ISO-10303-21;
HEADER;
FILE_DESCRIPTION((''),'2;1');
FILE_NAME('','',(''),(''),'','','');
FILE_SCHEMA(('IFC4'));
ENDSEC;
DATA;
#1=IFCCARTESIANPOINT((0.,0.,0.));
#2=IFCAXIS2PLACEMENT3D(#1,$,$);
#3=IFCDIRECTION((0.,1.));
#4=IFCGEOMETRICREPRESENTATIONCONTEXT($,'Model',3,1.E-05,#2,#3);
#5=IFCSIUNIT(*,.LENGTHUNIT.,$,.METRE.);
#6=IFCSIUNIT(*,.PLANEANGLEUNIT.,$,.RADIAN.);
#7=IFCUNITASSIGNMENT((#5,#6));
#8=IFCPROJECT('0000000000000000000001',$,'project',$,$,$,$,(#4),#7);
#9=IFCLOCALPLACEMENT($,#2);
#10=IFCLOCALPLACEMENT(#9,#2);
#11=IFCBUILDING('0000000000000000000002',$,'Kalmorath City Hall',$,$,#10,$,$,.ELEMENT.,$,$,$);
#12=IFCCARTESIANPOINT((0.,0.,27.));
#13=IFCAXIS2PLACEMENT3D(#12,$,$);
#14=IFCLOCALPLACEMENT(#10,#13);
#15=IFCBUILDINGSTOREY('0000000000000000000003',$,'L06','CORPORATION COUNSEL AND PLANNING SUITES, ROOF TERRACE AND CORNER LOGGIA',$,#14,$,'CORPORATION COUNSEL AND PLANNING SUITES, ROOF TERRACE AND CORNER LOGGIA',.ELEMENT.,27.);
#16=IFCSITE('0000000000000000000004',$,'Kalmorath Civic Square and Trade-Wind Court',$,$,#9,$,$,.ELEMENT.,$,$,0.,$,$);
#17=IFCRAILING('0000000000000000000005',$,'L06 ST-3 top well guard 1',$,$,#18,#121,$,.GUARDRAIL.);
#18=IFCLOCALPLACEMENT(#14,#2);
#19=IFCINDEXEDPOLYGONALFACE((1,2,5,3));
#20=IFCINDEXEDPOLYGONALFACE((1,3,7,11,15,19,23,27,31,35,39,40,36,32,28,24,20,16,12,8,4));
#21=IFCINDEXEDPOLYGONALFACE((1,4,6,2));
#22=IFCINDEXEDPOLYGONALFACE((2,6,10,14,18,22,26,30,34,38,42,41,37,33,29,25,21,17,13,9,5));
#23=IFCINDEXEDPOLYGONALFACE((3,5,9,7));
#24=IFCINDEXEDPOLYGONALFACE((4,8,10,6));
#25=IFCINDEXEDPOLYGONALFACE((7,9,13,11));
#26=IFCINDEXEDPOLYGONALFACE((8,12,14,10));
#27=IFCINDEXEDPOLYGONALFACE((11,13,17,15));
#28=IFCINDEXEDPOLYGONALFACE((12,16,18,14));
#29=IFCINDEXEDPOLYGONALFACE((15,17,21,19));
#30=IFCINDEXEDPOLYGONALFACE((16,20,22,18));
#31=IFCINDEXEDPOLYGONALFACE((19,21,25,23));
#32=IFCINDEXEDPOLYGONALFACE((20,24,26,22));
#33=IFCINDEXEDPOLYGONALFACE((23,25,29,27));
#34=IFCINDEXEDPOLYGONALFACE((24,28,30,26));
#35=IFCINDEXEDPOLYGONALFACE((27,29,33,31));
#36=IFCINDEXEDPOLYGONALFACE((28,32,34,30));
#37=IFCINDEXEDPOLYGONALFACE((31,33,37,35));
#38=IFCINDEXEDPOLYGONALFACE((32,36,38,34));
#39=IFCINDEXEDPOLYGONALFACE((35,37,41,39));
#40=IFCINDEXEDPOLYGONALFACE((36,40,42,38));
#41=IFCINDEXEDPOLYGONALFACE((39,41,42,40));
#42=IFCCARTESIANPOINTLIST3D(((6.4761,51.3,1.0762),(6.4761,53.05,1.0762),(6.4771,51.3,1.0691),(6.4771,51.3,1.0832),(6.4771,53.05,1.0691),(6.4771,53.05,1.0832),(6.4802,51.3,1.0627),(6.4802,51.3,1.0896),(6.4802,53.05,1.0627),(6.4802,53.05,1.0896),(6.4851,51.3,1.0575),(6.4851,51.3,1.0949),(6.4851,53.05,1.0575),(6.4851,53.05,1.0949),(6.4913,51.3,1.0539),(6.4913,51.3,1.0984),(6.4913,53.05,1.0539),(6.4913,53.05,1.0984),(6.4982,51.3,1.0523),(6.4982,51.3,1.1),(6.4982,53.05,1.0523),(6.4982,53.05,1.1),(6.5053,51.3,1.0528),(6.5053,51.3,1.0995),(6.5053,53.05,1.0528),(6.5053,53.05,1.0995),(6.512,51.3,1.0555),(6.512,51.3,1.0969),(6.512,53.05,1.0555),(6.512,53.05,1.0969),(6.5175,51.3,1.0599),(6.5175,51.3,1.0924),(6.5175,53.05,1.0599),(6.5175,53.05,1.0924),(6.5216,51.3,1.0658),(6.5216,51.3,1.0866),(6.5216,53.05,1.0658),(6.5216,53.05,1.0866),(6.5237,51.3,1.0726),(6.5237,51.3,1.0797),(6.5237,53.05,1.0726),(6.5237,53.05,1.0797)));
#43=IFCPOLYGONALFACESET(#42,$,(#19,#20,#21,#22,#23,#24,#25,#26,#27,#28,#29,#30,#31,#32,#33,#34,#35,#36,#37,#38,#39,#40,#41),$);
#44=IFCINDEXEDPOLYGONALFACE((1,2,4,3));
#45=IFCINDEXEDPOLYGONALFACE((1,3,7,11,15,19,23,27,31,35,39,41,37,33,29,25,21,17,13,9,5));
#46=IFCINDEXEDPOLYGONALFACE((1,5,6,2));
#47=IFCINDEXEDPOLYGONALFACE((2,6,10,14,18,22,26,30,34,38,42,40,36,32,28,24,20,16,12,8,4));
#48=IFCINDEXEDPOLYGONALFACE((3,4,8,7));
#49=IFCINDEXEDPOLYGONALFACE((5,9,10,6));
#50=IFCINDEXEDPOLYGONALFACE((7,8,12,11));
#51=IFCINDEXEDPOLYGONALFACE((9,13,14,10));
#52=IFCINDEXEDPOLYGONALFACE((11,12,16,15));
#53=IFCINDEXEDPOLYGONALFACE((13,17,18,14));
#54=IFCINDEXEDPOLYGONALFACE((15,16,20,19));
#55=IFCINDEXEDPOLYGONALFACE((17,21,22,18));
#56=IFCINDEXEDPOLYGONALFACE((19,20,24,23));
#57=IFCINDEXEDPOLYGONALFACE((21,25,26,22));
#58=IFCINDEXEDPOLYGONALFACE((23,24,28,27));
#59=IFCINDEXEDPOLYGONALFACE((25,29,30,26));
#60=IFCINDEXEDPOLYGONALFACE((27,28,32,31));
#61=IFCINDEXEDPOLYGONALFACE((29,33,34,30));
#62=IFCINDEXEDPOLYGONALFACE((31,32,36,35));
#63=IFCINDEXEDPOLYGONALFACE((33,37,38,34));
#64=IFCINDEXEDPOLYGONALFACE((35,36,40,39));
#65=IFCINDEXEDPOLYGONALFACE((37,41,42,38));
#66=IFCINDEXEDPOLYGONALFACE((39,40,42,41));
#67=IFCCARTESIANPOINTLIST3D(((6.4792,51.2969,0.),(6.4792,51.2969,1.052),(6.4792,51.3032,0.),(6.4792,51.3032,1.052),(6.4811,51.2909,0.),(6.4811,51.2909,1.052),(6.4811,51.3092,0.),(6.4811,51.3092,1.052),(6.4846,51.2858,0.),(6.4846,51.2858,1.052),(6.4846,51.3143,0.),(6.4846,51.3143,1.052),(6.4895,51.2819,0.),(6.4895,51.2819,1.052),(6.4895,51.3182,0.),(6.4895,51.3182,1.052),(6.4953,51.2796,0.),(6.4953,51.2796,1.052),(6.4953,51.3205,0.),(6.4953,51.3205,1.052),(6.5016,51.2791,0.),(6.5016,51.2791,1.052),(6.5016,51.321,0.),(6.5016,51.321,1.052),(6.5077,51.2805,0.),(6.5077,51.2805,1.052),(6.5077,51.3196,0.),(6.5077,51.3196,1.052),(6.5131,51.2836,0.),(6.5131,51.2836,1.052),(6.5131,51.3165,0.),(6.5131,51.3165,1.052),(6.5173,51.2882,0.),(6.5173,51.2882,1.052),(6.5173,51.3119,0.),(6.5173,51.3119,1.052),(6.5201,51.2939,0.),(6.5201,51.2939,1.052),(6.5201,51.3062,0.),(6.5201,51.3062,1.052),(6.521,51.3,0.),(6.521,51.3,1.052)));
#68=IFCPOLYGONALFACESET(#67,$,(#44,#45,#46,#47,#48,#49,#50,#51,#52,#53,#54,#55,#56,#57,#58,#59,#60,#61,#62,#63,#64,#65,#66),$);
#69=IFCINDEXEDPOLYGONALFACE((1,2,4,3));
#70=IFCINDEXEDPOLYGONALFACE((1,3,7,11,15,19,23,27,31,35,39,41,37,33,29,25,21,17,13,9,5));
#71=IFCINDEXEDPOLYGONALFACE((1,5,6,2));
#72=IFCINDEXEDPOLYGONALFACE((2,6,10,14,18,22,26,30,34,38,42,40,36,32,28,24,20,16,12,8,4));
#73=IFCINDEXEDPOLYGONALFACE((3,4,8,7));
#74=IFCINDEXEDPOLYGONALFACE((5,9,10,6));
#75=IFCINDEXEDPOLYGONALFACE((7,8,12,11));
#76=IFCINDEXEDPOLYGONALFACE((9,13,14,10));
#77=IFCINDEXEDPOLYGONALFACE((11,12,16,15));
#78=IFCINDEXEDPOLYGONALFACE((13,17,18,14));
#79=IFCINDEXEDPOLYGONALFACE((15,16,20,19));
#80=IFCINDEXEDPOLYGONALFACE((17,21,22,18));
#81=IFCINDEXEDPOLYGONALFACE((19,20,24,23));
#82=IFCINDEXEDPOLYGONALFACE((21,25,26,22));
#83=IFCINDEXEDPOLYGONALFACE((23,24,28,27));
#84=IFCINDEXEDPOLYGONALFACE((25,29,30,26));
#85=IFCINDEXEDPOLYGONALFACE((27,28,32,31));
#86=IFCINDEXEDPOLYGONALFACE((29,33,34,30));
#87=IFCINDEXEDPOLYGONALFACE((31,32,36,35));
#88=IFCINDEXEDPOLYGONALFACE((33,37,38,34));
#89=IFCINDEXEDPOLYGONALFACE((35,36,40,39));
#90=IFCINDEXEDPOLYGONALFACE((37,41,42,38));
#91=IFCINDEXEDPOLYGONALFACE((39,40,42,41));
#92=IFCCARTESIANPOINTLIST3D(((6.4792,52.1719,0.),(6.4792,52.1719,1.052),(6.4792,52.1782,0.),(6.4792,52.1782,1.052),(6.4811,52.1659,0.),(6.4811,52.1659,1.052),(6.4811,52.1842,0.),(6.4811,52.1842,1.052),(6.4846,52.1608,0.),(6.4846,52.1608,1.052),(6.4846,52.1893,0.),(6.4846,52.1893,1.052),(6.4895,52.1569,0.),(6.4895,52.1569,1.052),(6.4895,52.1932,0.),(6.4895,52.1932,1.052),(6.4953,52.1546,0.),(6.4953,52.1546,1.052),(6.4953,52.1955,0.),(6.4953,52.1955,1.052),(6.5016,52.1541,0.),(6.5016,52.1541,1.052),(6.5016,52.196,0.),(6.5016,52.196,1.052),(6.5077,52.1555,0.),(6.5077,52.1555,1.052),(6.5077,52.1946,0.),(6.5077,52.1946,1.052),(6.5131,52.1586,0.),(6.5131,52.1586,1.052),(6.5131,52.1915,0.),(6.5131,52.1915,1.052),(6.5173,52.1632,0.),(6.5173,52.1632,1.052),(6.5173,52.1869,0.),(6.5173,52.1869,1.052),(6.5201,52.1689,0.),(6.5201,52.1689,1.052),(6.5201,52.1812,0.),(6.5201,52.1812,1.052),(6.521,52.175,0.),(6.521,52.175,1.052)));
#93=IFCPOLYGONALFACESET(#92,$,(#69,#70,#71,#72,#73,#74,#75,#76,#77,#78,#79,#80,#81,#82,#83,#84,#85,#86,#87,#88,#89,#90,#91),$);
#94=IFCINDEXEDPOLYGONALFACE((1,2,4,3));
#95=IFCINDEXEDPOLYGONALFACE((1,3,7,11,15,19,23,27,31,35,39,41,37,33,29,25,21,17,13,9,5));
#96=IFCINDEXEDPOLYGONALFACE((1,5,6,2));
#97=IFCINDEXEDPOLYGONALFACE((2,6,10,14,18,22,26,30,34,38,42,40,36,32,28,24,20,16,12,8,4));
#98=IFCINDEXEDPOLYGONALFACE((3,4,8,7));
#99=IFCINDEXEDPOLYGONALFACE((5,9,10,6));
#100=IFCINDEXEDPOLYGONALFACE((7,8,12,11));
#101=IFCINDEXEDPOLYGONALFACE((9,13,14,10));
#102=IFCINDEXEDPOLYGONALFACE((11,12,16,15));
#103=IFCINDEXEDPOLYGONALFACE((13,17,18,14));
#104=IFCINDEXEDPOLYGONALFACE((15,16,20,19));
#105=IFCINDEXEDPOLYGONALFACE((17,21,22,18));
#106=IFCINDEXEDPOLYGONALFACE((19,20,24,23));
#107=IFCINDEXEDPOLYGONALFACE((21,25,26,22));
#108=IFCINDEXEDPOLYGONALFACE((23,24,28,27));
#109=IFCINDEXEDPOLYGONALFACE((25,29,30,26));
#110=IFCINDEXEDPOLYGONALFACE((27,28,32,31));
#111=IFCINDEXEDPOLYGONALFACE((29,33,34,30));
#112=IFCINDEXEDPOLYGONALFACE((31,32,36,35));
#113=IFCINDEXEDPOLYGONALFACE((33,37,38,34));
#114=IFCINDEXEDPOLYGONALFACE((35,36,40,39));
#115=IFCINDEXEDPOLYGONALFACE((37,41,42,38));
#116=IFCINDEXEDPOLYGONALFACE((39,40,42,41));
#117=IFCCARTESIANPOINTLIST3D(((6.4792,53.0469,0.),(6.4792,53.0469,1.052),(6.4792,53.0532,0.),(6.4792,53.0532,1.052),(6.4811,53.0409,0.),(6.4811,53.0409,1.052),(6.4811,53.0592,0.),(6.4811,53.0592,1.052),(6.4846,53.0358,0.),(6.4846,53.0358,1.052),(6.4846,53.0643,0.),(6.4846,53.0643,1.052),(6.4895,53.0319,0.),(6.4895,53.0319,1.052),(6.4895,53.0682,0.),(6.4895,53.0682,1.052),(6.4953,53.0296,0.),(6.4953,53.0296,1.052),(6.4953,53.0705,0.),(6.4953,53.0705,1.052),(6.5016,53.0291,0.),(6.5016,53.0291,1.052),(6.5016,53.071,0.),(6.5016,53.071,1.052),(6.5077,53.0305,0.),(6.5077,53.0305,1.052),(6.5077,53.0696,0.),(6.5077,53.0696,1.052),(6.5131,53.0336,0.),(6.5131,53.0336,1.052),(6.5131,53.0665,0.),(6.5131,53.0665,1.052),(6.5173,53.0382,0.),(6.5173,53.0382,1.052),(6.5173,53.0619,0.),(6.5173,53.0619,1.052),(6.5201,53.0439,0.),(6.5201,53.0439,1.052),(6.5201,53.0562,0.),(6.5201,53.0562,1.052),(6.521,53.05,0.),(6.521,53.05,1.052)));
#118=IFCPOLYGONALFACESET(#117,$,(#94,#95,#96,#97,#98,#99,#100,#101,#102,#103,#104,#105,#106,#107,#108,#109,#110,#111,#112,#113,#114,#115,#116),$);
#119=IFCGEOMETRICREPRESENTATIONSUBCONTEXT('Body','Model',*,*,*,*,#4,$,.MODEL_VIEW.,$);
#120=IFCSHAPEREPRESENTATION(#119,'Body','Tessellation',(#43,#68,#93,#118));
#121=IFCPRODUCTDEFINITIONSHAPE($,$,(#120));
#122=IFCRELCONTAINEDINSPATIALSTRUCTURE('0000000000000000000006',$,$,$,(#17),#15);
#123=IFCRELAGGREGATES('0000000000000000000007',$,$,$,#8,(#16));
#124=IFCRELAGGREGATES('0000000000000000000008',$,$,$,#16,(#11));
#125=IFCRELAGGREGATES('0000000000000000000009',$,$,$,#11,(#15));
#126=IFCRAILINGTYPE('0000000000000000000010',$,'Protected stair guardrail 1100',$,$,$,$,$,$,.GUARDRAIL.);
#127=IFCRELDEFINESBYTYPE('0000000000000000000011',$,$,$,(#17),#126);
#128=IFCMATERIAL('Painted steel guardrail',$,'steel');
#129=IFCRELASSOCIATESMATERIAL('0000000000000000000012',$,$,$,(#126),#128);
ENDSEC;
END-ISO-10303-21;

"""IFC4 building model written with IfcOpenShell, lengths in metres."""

from ifc_helpers import new_model, si_unit, direction, frame, origin, origin_2d, place, context, subcontext, project, spatial, circle, extrude, material, type_object, element, save


model = new_model("IFC4")

# Units and contexts
model_context = context("Model", 3, precision=1e-05, world=origin(), true_north=direction((0.0, 1.0)))
body_context = subcontext(model_context, "Body", "Model", "MODEL_VIEW")
ifc_project = project(units=[si_unit("LENGTHUNIT", "METRE"), si_unit("PLANEANGLEUNIT", "RADIAN")], contexts=[model_context])

# Site, building, storey
site_placement = place(None, origin())
site = spatial("IfcSite", under=ifc_project, at=site_placement, Name="Kalmorath Civic Square and Trade-Wind Court", CompositionType="ELEMENT", RefElevation=0.0)
building_placement = place(site_placement, origin())
building = spatial("IfcBuilding", under=site, at=building_placement, Name="Kalmorath City Hall", CompositionType="ELEMENT")
storey_placement = place(building_placement, frame((0.0, 0.0, 27.0)))
storey = spatial("IfcBuildingStorey", under=building, at=storey_placement, Name="L06", Description="CORPORATION COUNSEL AND PLANNING SUITES, ROOF TERRACE AND CORNER LOGGIA", LongName="CORPORATION COUNSEL AND PLANNING SUITES, ROOF TERRACE AND CORNER LOGGIA", CompositionType="ELEMENT", Elevation=27.0)

# Railing
ifc_material_1 = material(Name="Painted steel guardrail", Category="steel")
railing_type = type_object("IfcRailingType", Name="Protected stair guardrail 1100", PredefinedType="GUARDRAIL", material=ifc_material_1)
railing_placement = place(storey_placement, frame((6.5, 51.3, 0.0)))
element("IfcRailing", 1, at=railing_placement, inside=storey, type_object=railing_type, Name="L06 ST-3 top well guard 1", PredefinedType="GUARDRAIL", context=body_context, shape_type="SweptSolid", body=[
    extrude(circle(Radius=0.0239, at=origin_2d()), frame((0.0, 0.0, 1.0762), z_axis=(0.0, 1.0, 0.0), x_axis=(-1.0, 0.0, 0.0)), (0.0, 0.0, 1.0), 1.75),
    extrude(circle(Radius=0.021, at=origin_2d()), origin(), (0.0, 0.0, 1.0), 1.052),
    extrude(circle(Radius=0.021, at=origin_2d()), frame((0.0, 0.875, 0.0)), (0.0, 0.0, 1.0), 1.052),
    extrude(circle(Radius=0.021, at=origin_2d()), frame((0.0, 1.75, 0.0)), (0.0, 0.0, 1.0), 1.052),
])

save(model, "model.ifc")
